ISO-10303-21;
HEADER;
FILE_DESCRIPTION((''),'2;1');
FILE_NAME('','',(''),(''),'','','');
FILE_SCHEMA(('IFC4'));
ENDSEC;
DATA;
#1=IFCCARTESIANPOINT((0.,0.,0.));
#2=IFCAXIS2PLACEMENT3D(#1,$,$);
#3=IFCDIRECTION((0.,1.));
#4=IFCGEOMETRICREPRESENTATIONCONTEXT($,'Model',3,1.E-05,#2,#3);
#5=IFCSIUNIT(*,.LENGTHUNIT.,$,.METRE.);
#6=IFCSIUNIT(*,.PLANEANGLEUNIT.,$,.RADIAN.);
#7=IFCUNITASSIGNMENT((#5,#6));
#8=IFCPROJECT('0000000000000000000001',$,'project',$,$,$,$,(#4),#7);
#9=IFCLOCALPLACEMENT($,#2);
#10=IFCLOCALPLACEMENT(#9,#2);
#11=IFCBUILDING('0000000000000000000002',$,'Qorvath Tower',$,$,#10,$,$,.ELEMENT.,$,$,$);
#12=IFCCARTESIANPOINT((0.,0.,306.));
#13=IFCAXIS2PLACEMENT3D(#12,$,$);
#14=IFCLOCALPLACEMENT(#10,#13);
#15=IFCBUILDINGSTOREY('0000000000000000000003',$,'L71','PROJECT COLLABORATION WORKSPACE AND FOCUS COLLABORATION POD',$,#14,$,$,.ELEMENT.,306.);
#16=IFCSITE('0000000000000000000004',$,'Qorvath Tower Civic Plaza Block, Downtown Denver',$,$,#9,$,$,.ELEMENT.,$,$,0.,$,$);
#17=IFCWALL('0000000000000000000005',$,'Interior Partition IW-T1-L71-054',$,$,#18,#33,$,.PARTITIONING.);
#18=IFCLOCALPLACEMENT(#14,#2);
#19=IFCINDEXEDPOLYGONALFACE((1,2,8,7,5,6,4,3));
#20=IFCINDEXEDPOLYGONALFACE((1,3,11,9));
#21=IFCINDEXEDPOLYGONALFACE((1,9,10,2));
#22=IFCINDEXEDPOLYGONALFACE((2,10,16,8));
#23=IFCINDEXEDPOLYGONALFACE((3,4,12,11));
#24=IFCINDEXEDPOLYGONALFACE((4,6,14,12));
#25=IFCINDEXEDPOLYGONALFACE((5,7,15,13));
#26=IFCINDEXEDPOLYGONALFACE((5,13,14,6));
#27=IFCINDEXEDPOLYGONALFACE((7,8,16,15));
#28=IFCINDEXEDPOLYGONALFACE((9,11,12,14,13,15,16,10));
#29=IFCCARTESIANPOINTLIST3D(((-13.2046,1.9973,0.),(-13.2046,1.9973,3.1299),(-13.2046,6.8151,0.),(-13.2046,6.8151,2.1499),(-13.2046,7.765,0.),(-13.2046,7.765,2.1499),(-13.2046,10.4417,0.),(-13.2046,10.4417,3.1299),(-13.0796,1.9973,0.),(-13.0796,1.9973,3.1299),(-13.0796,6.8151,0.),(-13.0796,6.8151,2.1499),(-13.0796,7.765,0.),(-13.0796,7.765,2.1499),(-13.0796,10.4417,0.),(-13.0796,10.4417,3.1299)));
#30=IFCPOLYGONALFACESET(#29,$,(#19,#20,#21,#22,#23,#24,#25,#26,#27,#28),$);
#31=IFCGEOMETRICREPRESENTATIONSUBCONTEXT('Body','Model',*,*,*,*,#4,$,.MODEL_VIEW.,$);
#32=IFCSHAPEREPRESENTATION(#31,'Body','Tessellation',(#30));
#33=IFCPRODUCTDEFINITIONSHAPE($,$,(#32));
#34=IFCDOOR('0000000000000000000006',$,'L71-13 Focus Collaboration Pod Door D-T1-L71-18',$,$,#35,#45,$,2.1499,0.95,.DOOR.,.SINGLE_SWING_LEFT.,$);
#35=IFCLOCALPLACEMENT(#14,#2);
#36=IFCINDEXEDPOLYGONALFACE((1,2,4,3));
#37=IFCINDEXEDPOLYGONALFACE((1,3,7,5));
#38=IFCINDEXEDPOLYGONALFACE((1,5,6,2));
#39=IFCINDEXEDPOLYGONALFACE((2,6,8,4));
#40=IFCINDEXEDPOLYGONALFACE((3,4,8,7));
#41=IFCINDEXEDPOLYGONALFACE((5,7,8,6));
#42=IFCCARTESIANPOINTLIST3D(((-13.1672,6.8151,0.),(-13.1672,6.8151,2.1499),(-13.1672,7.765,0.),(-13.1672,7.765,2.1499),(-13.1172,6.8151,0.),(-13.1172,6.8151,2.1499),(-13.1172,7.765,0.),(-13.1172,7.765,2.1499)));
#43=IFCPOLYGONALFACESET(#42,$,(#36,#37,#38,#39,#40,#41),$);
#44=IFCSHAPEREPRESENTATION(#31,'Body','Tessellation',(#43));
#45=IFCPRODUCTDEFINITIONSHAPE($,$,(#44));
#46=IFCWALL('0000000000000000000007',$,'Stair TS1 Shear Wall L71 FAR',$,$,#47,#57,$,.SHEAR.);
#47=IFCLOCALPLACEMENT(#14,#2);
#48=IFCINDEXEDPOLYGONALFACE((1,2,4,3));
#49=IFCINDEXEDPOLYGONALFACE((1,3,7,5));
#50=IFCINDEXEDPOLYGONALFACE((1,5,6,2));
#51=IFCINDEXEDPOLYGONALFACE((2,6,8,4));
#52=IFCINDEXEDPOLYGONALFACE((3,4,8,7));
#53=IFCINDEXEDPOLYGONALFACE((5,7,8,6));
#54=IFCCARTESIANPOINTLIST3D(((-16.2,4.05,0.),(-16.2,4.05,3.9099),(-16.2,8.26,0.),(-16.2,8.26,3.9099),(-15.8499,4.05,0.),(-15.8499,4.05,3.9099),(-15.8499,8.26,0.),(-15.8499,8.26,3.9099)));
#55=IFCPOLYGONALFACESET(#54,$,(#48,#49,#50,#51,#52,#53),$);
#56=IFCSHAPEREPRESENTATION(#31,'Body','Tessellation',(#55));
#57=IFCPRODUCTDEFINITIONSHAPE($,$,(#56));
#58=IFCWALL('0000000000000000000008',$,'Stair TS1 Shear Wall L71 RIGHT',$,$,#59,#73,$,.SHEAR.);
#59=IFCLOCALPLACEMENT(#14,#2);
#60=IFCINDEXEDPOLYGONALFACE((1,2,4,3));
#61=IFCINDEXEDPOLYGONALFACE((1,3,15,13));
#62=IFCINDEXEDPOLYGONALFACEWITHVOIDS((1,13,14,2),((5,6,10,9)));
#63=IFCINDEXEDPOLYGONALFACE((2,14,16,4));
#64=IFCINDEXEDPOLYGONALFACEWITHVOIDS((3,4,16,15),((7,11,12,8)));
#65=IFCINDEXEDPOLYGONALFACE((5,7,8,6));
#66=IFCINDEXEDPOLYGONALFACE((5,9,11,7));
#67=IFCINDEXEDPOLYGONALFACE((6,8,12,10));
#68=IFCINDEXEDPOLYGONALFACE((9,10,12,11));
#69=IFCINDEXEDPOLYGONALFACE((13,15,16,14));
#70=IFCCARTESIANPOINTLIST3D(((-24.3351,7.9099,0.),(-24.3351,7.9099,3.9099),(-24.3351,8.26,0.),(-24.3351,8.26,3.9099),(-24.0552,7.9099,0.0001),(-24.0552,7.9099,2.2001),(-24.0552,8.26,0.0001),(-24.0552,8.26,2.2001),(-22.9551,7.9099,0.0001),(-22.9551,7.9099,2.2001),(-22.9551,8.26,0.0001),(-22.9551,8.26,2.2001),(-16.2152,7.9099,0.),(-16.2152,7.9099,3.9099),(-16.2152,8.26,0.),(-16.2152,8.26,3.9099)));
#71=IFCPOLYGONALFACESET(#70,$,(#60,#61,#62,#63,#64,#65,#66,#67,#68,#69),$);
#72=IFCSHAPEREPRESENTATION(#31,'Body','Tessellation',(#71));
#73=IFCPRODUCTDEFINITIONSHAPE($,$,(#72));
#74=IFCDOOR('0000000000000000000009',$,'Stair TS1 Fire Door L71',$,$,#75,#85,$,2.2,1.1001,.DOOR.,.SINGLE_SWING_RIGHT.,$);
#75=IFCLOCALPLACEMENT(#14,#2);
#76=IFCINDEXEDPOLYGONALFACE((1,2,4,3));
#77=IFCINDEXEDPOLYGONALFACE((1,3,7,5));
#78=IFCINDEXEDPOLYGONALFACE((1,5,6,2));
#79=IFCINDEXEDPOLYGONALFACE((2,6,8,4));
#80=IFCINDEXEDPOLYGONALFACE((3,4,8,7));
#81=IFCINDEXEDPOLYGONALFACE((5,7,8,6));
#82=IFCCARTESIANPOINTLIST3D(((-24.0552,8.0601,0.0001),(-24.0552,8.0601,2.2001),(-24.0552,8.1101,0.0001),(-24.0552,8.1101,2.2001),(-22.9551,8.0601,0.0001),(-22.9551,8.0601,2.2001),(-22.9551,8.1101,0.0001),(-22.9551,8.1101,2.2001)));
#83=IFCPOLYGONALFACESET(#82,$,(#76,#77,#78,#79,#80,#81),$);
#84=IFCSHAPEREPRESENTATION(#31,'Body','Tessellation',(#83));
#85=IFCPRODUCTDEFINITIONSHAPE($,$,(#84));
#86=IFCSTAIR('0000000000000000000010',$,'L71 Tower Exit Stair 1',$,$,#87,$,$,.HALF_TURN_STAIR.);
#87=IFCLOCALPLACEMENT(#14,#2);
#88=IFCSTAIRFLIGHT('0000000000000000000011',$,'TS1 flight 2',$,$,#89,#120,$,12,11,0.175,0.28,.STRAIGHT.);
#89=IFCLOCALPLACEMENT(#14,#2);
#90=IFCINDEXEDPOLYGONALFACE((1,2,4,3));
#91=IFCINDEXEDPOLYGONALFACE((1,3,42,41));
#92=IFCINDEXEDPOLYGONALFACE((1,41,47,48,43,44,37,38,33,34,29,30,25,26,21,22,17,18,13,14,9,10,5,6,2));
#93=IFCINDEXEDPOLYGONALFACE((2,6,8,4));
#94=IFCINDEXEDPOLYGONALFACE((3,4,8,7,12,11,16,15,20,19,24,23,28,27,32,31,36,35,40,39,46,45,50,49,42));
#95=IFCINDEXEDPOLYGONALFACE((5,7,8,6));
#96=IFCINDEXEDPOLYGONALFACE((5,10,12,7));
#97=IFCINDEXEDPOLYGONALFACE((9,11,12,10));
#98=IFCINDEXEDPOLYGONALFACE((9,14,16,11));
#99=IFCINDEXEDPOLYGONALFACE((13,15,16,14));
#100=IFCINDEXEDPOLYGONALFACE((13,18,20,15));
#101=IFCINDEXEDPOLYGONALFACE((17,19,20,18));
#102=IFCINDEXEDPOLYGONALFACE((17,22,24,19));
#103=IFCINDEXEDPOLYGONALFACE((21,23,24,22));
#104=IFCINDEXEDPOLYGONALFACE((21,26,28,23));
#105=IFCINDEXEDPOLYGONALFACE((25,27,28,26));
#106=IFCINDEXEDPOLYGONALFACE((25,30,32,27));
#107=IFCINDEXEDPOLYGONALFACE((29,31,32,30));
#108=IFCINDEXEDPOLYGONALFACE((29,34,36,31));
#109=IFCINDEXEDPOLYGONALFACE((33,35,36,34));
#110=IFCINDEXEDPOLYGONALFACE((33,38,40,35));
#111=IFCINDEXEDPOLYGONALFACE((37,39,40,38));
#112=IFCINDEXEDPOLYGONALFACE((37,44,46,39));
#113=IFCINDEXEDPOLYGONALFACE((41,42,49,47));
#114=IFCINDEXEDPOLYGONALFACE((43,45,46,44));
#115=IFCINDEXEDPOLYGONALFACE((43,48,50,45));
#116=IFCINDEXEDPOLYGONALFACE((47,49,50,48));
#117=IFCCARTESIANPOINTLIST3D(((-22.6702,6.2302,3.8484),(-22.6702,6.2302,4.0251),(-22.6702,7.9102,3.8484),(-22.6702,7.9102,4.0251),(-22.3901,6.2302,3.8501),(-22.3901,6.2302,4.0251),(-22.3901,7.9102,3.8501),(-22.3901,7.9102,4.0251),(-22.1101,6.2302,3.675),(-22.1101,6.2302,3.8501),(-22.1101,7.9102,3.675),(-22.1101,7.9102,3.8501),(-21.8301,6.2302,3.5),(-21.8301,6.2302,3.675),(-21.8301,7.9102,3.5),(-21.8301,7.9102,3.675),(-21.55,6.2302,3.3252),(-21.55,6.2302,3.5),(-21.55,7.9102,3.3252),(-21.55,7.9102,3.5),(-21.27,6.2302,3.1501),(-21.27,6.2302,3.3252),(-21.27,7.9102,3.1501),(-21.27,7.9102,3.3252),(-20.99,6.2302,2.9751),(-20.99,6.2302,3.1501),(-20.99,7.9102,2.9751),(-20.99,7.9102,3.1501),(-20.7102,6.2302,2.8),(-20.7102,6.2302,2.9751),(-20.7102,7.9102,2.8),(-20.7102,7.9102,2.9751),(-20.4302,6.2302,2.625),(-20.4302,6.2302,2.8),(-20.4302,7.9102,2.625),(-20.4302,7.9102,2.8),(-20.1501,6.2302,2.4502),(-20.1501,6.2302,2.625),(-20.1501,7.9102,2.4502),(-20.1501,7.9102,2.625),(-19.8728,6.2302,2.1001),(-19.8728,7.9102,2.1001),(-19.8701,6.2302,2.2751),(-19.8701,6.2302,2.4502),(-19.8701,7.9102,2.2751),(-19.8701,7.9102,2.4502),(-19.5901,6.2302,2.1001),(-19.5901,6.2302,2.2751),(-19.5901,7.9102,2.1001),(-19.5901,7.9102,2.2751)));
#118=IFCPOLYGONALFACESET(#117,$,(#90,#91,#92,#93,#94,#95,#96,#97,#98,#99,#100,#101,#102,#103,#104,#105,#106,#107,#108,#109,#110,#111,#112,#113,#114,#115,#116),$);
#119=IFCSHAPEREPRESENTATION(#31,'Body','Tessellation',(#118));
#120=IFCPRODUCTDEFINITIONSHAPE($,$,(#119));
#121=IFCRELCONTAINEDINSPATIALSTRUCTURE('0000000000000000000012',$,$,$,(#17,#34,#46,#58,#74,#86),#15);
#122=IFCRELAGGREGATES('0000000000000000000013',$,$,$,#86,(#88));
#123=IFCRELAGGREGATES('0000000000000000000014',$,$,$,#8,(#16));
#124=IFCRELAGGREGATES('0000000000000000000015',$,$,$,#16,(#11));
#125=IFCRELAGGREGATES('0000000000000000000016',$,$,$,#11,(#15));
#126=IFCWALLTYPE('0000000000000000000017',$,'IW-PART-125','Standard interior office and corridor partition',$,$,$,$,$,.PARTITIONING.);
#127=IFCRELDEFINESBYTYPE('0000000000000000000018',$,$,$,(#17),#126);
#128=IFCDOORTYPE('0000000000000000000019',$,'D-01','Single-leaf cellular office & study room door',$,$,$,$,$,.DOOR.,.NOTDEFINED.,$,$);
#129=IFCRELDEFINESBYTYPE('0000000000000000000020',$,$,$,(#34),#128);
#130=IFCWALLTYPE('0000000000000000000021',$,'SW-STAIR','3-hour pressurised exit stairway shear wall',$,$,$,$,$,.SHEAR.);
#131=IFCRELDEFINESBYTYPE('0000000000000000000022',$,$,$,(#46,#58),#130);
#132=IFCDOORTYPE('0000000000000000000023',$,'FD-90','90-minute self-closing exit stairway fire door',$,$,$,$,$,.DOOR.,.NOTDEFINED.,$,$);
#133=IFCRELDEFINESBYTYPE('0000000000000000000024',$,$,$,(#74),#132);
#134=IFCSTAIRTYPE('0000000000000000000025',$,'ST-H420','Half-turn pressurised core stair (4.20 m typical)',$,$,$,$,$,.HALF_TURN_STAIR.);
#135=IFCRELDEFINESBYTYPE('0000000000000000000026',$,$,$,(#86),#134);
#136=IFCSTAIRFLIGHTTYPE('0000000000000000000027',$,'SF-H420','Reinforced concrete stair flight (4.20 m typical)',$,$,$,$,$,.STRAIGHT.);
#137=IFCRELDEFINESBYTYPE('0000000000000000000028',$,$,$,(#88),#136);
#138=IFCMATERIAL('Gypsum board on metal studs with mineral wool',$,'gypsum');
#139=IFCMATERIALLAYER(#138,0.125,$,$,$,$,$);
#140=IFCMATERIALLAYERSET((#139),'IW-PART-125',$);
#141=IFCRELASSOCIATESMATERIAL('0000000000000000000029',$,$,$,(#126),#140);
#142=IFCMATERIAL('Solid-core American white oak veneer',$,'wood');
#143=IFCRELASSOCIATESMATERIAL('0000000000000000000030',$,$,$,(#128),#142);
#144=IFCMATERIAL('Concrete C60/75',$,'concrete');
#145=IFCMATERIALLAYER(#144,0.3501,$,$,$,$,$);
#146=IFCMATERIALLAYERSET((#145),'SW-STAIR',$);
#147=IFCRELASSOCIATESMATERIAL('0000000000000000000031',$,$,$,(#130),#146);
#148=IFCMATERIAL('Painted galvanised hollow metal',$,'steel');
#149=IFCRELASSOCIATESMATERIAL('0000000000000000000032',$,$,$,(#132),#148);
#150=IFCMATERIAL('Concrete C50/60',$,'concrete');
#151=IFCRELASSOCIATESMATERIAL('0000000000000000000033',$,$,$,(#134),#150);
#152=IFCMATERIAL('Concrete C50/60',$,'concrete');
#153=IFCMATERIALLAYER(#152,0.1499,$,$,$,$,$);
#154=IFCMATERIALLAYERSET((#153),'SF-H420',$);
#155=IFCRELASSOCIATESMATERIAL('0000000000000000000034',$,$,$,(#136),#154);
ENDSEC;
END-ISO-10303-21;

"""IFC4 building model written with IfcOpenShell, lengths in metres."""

from ifc_helpers import new_model, si_unit, direction, frame, frame_2d, origin, place, context, subcontext, project, spatial, polyline, rectangle, outline, extrude, material, layer, layer_set, type_object, element, fill, aggregate, save


model = new_model("IFC4")

# Units and contexts
model_context = context("Model", 3, precision=1e-05, world=origin(), true_north=direction((0.0, 1.0)))
body_context = subcontext(model_context, "Body", "Model", "MODEL_VIEW")
ifc_project = project(units=[si_unit("LENGTHUNIT", "METRE"), si_unit("PLANEANGLEUNIT", "RADIAN")], contexts=[model_context])

# Site, building, storey
site_placement = place(None, origin())
site = spatial("IfcSite", under=ifc_project, at=site_placement, Name="Qorvath Tower Civic Plaza Block, Downtown Denver", CompositionType="ELEMENT", RefElevation=0.0)
building_placement = place(site_placement, origin())
building = spatial("IfcBuilding", under=site, at=building_placement, Name="Qorvath Tower", CompositionType="ELEMENT")
storey_placement = place(building_placement, frame((0.0, 0.0, 306.0)))
storey = spatial("IfcBuildingStorey", under=building, at=storey_placement, Name="L71", Description="PROJECT COLLABORATION WORKSPACE AND FOCUS COLLABORATION POD", CompositionType="ELEMENT", Elevation=306.0)

# Shared definitions
ifc_material_1 = material(Name="Gypsum board on metal studs with mineral wool", Category="gypsum")
ifc_layer_1 = layer(ifc_material_1, 0.125)
ifc_layer_set_1 = layer_set([ifc_layer_1], Name="IW-PART-125")
wall_type_1 = type_object("IfcWallType", Name="IW-PART-125", Description="Standard interior office and corridor partition", PredefinedType="PARTITIONING", material=ifc_layer_set_1)
ifc_material_2 = material(Name="Solid-core American white oak veneer", Category="wood")
door_type_1 = type_object("IfcDoorType", Name="D-01", Description="Single-leaf cellular office & study room door", OperationType="NOTDEFINED", PredefinedType="DOOR", material=ifc_material_2)

# Wall, opening, door
wall_1_placement = place(storey_placement, frame((-13.1421, 10.4417, 0.0), z_axis=(0.0, 0.0, 1.0), x_axis=(0.0, -1.0, 0.0)))
wall_1 = element("IfcWall", 1, at=wall_1_placement, inside=storey, type_object=wall_type_1, Name="Interior Partition IW-T1-L71-054", PredefinedType="PARTITIONING", context=body_context, shape_type="SweptSolid", body=[
    extrude(rectangle(XDim=8.4443, YDim=0.125, at=frame_2d((4.2222, 0.0))), origin(), (0.0, 0.0, 1.0), 3.1299),
])
opening_1_placement = place(wall_1_placement, frame((2.6765, 0.0, 0.0)))
opening_1 = element("IfcOpeningElement", 2, at=opening_1_placement, cuts=wall_1, PredefinedType="OPENING", context=body_context, shape_type="SweptSolid", body=[
    extrude(rectangle(XDim=0.95, YDim=2.1499, at=frame_2d((0.4751, 1.075))), frame((0.0, 0.0725, 0.0), z_axis=(0.0, -1.0, 0.0), x_axis=(1.0, 0.0, 0.0)), (0.0, 0.0, 1.0), 0.145),
])
door_1_placement = place(opening_1_placement, origin())
door_1 = element("IfcDoor", 3, at=door_1_placement, inside=storey, type_object=door_type_1, Name="L71-13 Focus Collaboration Pod Door D-T1-L71-18", OperationType="SINGLE_SWING_LEFT", OverallHeight=2.1499, OverallWidth=0.95, PredefinedType="DOOR", context=body_context, shape_type="SweptSolid", body=[
    extrude(rectangle(XDim=0.95, YDim=2.1499, at=frame_2d((0.4751, 1.075))), frame((0.0, 0.0249, 0.0), z_axis=(0.0, -1.0, 0.0), x_axis=(1.0, 0.0, 0.0)), (0.0, 0.0, 1.0), 0.05),
])
fill(opening_1, door_1)

# Wall
ifc_material_3 = material(Name="Concrete C60/75", Category="concrete")
ifc_layer_2 = layer(ifc_material_3, 0.3501)
ifc_layer_set_2 = layer_set([ifc_layer_2], Name="SW-STAIR")
wall_type_2 = type_object("IfcWallType", Name="SW-STAIR", Description="3-hour pressurised exit stairway shear wall", PredefinedType="SHEAR", material=ifc_layer_set_2)
wall_2_placement = place(storey_placement, frame((-16.0249, 4.05, 0.0), z_axis=(0.0, 0.0, 1.0), x_axis=(0.0, 1.0, 0.0)))
element("IfcWall", 4, at=wall_2_placement, inside=storey, type_object=wall_type_2, Name="Stair TS1 Shear Wall L71 FAR", PredefinedType="SHEAR", context=body_context, shape_type="SweptSolid", body=[
    extrude(rectangle(XDim=4.21, YDim=0.3501, at=frame_2d((2.105, 0.0))), origin(), (0.0, 0.0, 1.0), 3.9099),
])

# Wall, opening, door
wall_3_placement = place(storey_placement, frame((-16.2151, 8.085, 0.0), z_axis=(0.0, 0.0, 1.0), x_axis=(-1.0, 0.0, 0.0)))
wall_3 = element("IfcWall", 5, at=wall_3_placement, inside=storey, type_object=wall_type_2, Name="Stair TS1 Shear Wall L71 RIGHT", PredefinedType="SHEAR", context=body_context, shape_type="SweptSolid", body=[
    extrude(rectangle(XDim=8.1199, YDim=0.3501, at=frame_2d((4.0601, 0.0))), origin(), (0.0, 0.0, 1.0), 3.9099),
])
opening_2_placement = place(wall_3_placement, frame((6.74, 0.0, 0.0)))
opening_2 = element("IfcOpeningElement", 6, at=opening_2_placement, cuts=wall_3, PredefinedType="OPENING", context=body_context, shape_type="SweptSolid", body=[
    extrude(rectangle(XDim=1.1001, YDim=2.2, at=frame_2d((0.55, 1.1001))), frame((0.0, 0.1851, 0.0), z_axis=(0.0, -1.0, 0.0), x_axis=(1.0, 0.0, 0.0)), (0.0, 0.0, 1.0), 0.3701),
])
ifc_material_4 = material(Name="Painted galvanised hollow metal", Category="steel")
door_type_2 = type_object("IfcDoorType", Name="FD-90", Description="90-minute self-closing exit stairway fire door", OperationType="NOTDEFINED", PredefinedType="DOOR", material=ifc_material_4)
door_2_placement = place(opening_2_placement, origin())
door_2 = element("IfcDoor", 7, at=door_2_placement, inside=storey, type_object=door_type_2, Name="Stair TS1 Fire Door L71", OperationType="SINGLE_SWING_RIGHT", OverallHeight=2.2, OverallWidth=1.1001, PredefinedType="DOOR", context=body_context, shape_type="SweptSolid", body=[
    extrude(rectangle(XDim=1.1001, YDim=2.2, at=frame_2d((0.55, 1.1001))), frame((0.0, 0.0249, 0.0), z_axis=(0.0, -1.0, 0.0), x_axis=(1.0, 0.0, 0.0)), (0.0, 0.0, 1.0), 0.05),
])
fill(opening_2, door_2)

# Stair, stair flight
ifc_material_5 = material(Name="Concrete C50/60", Category="concrete")
stair_type = type_object("IfcStairType", Name="ST-H420", Description="Half-turn pressurised core stair (4.20 m typical)", PredefinedType="HALF_TURN_STAIR", material=ifc_material_5)
stair_placement = place(storey_placement, origin())
stair = element("IfcStair", 8, at=stair_placement, inside=storey, type_object=stair_type, Name="L71 Tower Exit Stair 1", PredefinedType="HALF_TURN_STAIR")
ifc_material_6 = material(Name="Concrete C50/60", Category="concrete")
ifc_layer_3 = layer(ifc_material_6, 0.1499)
ifc_layer_set_3 = layer_set([ifc_layer_3], Name="SF-H420")
stair_flight_type = type_object("IfcStairFlightType", Name="SF-H420", Description="Reinforced concrete stair flight (4.20 m typical)", PredefinedType="STRAIGHT", material=ifc_layer_set_3)
stair_flight_placement = place(storey_placement, frame((-19.5901, 7.0701, 2.1001), z_axis=(0.0, 0.0, 1.0), x_axis=(-1.0, 0.0, 0.0)))
stair_flight = element("IfcStairFlight", 9, at=stair_flight_placement, type_object=stair_flight_type, Name="TS1 flight 2", NumberOfRisers=12, NumberOfTreads=11, PredefinedType="STRAIGHT", RiserHeight=0.175, TreadLength=0.28, context=body_context, shape_type="SweptSolid", body=[
    extrude(outline(polyline([(0.0, 0.0), (0.0, 0.175), (0.28, 0.175), (0.28, 0.3501), (0.5601, 0.3501), (0.5601, 0.5249), (0.8401, 0.5249), (0.8401, 0.7), (1.1201, 0.7), (1.1201, 0.875), (1.3999, 0.875), (1.3999, 1.05), (1.6799, 1.05), (1.6799, 1.2251), (1.96, 1.2251), (1.96, 1.3999), (2.24, 1.3999), (2.24, 1.575), (2.52, 1.575), (2.52, 1.75), (2.8, 1.75), (2.8, 1.925), (3.0801, 1.925), (3.0801, 2.1001), (3.0801, 1.7483), (0.2827, 0.0), (0.0, 0.0)])), frame((0.0, 0.8398, 0.0), z_axis=(0.0, -1.0, 0.0), x_axis=(1.0, 0.0, 0.0)), (0.0, 0.0, 1.0), 1.6799),
])
aggregate(stair, [stair_flight])

save(model, "model.ifc")
